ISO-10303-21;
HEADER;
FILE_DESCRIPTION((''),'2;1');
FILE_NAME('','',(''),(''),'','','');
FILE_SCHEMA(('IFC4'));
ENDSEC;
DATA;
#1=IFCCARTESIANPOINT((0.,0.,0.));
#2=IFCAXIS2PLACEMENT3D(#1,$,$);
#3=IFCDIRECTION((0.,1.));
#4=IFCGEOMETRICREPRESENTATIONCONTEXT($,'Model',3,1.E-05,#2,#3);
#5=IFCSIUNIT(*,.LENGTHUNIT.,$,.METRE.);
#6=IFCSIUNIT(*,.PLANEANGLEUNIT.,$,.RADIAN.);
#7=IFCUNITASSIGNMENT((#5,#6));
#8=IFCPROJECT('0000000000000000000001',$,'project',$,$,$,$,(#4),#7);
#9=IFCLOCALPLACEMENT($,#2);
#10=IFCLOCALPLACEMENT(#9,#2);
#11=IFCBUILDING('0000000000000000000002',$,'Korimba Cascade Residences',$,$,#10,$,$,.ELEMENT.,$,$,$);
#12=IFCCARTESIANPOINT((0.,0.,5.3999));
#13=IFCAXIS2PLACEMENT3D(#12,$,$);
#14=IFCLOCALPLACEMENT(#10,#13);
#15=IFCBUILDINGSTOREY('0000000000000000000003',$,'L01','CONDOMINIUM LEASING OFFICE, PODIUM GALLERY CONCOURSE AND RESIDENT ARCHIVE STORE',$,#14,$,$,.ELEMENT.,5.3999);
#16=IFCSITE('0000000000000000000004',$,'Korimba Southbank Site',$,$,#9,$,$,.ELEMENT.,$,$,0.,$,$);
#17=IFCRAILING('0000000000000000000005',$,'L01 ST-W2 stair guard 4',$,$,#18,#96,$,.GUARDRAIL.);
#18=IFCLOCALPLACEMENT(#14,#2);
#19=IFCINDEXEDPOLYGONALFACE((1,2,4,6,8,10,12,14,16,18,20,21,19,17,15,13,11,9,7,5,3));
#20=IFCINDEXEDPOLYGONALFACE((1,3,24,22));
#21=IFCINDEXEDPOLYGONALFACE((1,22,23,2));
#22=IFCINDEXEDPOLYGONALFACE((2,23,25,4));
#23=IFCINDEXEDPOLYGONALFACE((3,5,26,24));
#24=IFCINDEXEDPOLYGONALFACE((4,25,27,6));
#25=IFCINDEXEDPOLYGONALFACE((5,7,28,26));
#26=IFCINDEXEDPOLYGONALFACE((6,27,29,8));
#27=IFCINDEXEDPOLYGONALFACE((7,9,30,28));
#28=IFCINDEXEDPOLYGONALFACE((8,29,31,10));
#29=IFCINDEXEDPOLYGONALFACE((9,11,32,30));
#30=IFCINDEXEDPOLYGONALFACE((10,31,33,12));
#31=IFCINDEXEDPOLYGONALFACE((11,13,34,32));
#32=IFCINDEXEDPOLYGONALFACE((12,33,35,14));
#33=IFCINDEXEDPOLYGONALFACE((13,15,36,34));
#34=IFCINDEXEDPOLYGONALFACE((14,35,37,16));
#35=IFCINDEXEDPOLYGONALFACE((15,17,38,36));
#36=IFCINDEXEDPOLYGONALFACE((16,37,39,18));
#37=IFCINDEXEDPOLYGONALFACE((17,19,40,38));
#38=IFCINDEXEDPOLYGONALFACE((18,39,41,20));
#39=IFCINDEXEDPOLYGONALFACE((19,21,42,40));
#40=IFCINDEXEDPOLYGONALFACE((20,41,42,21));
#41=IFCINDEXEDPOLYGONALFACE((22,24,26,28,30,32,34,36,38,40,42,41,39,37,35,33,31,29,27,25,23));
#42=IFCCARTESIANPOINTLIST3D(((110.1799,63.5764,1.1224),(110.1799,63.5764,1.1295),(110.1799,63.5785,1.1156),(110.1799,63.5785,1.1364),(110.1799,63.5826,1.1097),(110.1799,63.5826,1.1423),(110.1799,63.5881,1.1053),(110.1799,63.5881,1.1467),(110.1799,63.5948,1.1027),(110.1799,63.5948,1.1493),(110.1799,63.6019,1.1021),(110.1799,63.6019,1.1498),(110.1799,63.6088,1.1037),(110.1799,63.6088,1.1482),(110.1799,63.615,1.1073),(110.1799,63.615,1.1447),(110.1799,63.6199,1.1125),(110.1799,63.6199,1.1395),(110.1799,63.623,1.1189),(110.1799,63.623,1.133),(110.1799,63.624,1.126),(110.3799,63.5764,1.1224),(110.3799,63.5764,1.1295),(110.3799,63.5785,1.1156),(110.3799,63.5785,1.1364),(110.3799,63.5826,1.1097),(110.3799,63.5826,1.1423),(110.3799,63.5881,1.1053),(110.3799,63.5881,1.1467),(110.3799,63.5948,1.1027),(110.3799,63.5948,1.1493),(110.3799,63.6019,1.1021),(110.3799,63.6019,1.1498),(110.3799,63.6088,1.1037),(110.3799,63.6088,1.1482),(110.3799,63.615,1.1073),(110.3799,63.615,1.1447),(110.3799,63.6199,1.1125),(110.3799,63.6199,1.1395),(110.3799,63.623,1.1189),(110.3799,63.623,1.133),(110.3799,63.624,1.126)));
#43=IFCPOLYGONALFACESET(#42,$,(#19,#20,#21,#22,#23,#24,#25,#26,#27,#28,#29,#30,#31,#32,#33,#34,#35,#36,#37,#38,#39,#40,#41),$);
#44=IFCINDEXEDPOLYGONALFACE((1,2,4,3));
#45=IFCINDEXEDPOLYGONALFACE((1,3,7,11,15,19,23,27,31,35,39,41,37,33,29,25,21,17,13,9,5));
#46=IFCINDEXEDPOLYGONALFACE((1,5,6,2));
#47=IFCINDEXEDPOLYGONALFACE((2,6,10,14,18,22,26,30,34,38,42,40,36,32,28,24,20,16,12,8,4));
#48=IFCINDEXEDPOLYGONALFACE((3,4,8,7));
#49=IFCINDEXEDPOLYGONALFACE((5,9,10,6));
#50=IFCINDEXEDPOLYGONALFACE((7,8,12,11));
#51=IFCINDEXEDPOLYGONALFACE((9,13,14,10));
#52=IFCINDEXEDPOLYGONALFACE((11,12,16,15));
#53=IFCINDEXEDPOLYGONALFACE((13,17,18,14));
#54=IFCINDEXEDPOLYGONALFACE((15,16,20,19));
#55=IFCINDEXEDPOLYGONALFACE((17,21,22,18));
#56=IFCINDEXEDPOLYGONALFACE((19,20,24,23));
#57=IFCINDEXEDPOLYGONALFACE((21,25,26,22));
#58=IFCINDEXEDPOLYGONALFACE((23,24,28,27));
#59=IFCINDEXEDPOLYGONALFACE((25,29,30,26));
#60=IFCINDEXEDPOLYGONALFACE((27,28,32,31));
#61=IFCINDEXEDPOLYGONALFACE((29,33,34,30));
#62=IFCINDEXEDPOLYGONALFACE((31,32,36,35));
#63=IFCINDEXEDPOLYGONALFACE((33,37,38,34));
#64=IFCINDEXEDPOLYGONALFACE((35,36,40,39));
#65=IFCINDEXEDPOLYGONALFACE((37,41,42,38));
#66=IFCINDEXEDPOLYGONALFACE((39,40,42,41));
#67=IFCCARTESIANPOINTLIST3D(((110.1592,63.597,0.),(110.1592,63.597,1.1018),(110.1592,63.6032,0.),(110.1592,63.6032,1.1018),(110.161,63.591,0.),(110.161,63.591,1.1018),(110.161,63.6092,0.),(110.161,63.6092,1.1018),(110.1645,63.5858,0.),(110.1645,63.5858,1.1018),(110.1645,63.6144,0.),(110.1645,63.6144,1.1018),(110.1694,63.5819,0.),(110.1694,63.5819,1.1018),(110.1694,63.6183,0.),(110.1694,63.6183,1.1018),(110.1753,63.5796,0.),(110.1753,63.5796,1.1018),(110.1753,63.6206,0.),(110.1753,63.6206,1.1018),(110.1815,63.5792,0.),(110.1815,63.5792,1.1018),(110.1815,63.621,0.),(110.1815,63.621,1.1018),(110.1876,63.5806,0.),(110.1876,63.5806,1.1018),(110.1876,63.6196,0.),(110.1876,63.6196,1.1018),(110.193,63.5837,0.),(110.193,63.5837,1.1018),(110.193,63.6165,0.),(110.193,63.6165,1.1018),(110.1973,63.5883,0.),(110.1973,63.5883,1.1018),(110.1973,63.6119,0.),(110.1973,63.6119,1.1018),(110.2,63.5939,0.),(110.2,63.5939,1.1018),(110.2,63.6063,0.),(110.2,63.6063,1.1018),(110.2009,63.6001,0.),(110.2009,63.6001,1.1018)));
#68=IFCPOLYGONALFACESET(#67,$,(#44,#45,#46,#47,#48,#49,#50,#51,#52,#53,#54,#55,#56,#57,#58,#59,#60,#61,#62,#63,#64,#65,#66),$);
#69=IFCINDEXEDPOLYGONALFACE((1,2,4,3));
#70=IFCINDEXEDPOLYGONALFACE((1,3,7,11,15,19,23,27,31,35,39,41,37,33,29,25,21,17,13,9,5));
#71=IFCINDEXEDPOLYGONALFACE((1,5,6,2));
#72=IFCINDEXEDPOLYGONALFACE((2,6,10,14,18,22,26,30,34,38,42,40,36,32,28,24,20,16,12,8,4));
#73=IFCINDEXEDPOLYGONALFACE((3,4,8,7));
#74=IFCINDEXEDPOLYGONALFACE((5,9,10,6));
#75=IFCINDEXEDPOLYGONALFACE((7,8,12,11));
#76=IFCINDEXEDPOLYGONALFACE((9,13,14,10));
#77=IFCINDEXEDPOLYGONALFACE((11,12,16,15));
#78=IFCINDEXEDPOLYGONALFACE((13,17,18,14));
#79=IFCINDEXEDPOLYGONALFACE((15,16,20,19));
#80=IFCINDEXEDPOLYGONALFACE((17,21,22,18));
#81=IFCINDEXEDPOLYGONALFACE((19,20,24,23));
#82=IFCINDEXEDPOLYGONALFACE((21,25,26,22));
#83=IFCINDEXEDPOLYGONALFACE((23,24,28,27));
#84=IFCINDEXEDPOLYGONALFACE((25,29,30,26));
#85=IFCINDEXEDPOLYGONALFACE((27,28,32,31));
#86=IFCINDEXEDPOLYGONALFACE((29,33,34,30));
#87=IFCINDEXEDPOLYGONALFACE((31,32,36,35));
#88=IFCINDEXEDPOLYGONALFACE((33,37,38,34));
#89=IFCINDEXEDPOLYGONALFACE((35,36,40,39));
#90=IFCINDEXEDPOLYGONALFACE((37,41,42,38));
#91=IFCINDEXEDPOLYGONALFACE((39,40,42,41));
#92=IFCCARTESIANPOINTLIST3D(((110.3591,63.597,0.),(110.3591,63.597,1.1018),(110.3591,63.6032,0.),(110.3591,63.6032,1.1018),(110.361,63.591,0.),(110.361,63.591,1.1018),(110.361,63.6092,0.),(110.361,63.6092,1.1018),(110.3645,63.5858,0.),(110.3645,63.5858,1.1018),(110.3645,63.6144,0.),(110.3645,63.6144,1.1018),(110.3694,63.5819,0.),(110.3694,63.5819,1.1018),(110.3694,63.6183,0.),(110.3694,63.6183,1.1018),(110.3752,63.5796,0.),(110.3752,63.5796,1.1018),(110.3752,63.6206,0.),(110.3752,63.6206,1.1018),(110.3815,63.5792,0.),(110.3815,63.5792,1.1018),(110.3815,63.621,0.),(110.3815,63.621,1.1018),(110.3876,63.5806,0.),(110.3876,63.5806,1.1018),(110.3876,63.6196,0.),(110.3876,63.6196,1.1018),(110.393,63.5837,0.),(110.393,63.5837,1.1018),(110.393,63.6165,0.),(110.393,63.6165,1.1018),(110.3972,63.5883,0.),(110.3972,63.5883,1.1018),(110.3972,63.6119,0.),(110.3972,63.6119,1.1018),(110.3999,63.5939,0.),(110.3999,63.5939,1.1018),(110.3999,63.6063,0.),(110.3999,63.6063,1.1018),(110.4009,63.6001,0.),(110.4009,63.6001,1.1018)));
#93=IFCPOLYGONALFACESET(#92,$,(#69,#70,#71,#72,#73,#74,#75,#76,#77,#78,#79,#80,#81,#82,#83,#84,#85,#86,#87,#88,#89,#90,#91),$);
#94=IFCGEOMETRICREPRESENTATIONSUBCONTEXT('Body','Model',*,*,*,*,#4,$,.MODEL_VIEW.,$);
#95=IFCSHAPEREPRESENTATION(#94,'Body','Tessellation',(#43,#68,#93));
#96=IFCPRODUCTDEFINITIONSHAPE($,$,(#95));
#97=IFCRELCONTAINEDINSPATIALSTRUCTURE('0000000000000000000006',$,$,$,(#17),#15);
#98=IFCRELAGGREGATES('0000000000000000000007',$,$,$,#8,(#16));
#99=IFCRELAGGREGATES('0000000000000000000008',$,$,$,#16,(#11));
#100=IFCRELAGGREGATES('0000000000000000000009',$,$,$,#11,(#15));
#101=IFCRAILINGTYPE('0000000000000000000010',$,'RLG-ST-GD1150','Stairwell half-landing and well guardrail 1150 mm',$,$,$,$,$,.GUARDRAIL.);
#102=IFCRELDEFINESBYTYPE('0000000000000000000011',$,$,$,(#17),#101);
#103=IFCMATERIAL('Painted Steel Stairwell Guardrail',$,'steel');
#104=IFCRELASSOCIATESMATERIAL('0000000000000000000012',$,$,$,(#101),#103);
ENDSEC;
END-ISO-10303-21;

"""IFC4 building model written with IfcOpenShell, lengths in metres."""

from ifc_helpers import new_model, si_unit, direction, frame, origin, origin_2d, place, context, subcontext, project, spatial, circle, extrude, material, type_object, element, save


model = new_model("IFC4")

# Units and contexts
model_context = context("Model", 3, precision=1e-05, world=origin(), true_north=direction((0.0, 1.0)))
body_context = subcontext(model_context, "Body", "Model", "MODEL_VIEW")
ifc_project = project(units=[si_unit("LENGTHUNIT", "METRE"), si_unit("PLANEANGLEUNIT", "RADIAN")], contexts=[model_context])

# Site, building, storey
site_placement = place(None, origin())
site = spatial("IfcSite", under=ifc_project, at=site_placement, Name="Korimba Southbank Site", CompositionType="ELEMENT", RefElevation=0.0)
building_placement = place(site_placement, origin())
building = spatial("IfcBuilding", under=site, at=building_placement, Name="Korimba Cascade Residences", CompositionType="ELEMENT")
storey_placement = place(building_placement, frame((0.0, 0.0, 5.3999)))
storey = spatial("IfcBuildingStorey", under=building, at=storey_placement, Name="L01", Description="CONDOMINIUM LEASING OFFICE, PODIUM GALLERY CONCOURSE AND RESIDENT ARCHIVE STORE", CompositionType="ELEMENT", Elevation=5.3999)

# Railing
ifc_material_1 = material(Name="Painted Steel Stairwell Guardrail", Category="steel")
railing_type_1 = type_object("IfcRailingType", Name="RLG-ST-GD1150", Description="Stairwell half-landing and well guardrail 1150 mm", PredefinedType="GUARDRAIL", material=ifc_material_1)
railing_1_placement = place(storey_placement, frame((110.1799, 63.6001, 0.0)))
element("IfcRailing", 1, at=railing_1_placement, inside=storey, type_object=railing_type_1, Name="L01 ST-W2 stair guard 4", PredefinedType="GUARDRAIL", context=body_context, shape_type="SweptSolid", body=[
    extrude(circle(Radius=0.0239, at=origin_2d()), frame((0.0, 0.0, 1.126), z_axis=(1.0, 0.0, 0.0), x_axis=(0.0, 1.0, 0.0)), (0.0, 0.0, 1.0), 0.2),
    extrude(circle(Radius=0.021, at=origin_2d()), origin(), (0.0, 0.0, 1.0), 1.1018),
    extrude(circle(Radius=0.021, at=origin_2d()), frame((0.2, 0.0, 0.0)), (0.0, 0.0, 1.0), 1.1018),
])

save(model, "model.ifc")
